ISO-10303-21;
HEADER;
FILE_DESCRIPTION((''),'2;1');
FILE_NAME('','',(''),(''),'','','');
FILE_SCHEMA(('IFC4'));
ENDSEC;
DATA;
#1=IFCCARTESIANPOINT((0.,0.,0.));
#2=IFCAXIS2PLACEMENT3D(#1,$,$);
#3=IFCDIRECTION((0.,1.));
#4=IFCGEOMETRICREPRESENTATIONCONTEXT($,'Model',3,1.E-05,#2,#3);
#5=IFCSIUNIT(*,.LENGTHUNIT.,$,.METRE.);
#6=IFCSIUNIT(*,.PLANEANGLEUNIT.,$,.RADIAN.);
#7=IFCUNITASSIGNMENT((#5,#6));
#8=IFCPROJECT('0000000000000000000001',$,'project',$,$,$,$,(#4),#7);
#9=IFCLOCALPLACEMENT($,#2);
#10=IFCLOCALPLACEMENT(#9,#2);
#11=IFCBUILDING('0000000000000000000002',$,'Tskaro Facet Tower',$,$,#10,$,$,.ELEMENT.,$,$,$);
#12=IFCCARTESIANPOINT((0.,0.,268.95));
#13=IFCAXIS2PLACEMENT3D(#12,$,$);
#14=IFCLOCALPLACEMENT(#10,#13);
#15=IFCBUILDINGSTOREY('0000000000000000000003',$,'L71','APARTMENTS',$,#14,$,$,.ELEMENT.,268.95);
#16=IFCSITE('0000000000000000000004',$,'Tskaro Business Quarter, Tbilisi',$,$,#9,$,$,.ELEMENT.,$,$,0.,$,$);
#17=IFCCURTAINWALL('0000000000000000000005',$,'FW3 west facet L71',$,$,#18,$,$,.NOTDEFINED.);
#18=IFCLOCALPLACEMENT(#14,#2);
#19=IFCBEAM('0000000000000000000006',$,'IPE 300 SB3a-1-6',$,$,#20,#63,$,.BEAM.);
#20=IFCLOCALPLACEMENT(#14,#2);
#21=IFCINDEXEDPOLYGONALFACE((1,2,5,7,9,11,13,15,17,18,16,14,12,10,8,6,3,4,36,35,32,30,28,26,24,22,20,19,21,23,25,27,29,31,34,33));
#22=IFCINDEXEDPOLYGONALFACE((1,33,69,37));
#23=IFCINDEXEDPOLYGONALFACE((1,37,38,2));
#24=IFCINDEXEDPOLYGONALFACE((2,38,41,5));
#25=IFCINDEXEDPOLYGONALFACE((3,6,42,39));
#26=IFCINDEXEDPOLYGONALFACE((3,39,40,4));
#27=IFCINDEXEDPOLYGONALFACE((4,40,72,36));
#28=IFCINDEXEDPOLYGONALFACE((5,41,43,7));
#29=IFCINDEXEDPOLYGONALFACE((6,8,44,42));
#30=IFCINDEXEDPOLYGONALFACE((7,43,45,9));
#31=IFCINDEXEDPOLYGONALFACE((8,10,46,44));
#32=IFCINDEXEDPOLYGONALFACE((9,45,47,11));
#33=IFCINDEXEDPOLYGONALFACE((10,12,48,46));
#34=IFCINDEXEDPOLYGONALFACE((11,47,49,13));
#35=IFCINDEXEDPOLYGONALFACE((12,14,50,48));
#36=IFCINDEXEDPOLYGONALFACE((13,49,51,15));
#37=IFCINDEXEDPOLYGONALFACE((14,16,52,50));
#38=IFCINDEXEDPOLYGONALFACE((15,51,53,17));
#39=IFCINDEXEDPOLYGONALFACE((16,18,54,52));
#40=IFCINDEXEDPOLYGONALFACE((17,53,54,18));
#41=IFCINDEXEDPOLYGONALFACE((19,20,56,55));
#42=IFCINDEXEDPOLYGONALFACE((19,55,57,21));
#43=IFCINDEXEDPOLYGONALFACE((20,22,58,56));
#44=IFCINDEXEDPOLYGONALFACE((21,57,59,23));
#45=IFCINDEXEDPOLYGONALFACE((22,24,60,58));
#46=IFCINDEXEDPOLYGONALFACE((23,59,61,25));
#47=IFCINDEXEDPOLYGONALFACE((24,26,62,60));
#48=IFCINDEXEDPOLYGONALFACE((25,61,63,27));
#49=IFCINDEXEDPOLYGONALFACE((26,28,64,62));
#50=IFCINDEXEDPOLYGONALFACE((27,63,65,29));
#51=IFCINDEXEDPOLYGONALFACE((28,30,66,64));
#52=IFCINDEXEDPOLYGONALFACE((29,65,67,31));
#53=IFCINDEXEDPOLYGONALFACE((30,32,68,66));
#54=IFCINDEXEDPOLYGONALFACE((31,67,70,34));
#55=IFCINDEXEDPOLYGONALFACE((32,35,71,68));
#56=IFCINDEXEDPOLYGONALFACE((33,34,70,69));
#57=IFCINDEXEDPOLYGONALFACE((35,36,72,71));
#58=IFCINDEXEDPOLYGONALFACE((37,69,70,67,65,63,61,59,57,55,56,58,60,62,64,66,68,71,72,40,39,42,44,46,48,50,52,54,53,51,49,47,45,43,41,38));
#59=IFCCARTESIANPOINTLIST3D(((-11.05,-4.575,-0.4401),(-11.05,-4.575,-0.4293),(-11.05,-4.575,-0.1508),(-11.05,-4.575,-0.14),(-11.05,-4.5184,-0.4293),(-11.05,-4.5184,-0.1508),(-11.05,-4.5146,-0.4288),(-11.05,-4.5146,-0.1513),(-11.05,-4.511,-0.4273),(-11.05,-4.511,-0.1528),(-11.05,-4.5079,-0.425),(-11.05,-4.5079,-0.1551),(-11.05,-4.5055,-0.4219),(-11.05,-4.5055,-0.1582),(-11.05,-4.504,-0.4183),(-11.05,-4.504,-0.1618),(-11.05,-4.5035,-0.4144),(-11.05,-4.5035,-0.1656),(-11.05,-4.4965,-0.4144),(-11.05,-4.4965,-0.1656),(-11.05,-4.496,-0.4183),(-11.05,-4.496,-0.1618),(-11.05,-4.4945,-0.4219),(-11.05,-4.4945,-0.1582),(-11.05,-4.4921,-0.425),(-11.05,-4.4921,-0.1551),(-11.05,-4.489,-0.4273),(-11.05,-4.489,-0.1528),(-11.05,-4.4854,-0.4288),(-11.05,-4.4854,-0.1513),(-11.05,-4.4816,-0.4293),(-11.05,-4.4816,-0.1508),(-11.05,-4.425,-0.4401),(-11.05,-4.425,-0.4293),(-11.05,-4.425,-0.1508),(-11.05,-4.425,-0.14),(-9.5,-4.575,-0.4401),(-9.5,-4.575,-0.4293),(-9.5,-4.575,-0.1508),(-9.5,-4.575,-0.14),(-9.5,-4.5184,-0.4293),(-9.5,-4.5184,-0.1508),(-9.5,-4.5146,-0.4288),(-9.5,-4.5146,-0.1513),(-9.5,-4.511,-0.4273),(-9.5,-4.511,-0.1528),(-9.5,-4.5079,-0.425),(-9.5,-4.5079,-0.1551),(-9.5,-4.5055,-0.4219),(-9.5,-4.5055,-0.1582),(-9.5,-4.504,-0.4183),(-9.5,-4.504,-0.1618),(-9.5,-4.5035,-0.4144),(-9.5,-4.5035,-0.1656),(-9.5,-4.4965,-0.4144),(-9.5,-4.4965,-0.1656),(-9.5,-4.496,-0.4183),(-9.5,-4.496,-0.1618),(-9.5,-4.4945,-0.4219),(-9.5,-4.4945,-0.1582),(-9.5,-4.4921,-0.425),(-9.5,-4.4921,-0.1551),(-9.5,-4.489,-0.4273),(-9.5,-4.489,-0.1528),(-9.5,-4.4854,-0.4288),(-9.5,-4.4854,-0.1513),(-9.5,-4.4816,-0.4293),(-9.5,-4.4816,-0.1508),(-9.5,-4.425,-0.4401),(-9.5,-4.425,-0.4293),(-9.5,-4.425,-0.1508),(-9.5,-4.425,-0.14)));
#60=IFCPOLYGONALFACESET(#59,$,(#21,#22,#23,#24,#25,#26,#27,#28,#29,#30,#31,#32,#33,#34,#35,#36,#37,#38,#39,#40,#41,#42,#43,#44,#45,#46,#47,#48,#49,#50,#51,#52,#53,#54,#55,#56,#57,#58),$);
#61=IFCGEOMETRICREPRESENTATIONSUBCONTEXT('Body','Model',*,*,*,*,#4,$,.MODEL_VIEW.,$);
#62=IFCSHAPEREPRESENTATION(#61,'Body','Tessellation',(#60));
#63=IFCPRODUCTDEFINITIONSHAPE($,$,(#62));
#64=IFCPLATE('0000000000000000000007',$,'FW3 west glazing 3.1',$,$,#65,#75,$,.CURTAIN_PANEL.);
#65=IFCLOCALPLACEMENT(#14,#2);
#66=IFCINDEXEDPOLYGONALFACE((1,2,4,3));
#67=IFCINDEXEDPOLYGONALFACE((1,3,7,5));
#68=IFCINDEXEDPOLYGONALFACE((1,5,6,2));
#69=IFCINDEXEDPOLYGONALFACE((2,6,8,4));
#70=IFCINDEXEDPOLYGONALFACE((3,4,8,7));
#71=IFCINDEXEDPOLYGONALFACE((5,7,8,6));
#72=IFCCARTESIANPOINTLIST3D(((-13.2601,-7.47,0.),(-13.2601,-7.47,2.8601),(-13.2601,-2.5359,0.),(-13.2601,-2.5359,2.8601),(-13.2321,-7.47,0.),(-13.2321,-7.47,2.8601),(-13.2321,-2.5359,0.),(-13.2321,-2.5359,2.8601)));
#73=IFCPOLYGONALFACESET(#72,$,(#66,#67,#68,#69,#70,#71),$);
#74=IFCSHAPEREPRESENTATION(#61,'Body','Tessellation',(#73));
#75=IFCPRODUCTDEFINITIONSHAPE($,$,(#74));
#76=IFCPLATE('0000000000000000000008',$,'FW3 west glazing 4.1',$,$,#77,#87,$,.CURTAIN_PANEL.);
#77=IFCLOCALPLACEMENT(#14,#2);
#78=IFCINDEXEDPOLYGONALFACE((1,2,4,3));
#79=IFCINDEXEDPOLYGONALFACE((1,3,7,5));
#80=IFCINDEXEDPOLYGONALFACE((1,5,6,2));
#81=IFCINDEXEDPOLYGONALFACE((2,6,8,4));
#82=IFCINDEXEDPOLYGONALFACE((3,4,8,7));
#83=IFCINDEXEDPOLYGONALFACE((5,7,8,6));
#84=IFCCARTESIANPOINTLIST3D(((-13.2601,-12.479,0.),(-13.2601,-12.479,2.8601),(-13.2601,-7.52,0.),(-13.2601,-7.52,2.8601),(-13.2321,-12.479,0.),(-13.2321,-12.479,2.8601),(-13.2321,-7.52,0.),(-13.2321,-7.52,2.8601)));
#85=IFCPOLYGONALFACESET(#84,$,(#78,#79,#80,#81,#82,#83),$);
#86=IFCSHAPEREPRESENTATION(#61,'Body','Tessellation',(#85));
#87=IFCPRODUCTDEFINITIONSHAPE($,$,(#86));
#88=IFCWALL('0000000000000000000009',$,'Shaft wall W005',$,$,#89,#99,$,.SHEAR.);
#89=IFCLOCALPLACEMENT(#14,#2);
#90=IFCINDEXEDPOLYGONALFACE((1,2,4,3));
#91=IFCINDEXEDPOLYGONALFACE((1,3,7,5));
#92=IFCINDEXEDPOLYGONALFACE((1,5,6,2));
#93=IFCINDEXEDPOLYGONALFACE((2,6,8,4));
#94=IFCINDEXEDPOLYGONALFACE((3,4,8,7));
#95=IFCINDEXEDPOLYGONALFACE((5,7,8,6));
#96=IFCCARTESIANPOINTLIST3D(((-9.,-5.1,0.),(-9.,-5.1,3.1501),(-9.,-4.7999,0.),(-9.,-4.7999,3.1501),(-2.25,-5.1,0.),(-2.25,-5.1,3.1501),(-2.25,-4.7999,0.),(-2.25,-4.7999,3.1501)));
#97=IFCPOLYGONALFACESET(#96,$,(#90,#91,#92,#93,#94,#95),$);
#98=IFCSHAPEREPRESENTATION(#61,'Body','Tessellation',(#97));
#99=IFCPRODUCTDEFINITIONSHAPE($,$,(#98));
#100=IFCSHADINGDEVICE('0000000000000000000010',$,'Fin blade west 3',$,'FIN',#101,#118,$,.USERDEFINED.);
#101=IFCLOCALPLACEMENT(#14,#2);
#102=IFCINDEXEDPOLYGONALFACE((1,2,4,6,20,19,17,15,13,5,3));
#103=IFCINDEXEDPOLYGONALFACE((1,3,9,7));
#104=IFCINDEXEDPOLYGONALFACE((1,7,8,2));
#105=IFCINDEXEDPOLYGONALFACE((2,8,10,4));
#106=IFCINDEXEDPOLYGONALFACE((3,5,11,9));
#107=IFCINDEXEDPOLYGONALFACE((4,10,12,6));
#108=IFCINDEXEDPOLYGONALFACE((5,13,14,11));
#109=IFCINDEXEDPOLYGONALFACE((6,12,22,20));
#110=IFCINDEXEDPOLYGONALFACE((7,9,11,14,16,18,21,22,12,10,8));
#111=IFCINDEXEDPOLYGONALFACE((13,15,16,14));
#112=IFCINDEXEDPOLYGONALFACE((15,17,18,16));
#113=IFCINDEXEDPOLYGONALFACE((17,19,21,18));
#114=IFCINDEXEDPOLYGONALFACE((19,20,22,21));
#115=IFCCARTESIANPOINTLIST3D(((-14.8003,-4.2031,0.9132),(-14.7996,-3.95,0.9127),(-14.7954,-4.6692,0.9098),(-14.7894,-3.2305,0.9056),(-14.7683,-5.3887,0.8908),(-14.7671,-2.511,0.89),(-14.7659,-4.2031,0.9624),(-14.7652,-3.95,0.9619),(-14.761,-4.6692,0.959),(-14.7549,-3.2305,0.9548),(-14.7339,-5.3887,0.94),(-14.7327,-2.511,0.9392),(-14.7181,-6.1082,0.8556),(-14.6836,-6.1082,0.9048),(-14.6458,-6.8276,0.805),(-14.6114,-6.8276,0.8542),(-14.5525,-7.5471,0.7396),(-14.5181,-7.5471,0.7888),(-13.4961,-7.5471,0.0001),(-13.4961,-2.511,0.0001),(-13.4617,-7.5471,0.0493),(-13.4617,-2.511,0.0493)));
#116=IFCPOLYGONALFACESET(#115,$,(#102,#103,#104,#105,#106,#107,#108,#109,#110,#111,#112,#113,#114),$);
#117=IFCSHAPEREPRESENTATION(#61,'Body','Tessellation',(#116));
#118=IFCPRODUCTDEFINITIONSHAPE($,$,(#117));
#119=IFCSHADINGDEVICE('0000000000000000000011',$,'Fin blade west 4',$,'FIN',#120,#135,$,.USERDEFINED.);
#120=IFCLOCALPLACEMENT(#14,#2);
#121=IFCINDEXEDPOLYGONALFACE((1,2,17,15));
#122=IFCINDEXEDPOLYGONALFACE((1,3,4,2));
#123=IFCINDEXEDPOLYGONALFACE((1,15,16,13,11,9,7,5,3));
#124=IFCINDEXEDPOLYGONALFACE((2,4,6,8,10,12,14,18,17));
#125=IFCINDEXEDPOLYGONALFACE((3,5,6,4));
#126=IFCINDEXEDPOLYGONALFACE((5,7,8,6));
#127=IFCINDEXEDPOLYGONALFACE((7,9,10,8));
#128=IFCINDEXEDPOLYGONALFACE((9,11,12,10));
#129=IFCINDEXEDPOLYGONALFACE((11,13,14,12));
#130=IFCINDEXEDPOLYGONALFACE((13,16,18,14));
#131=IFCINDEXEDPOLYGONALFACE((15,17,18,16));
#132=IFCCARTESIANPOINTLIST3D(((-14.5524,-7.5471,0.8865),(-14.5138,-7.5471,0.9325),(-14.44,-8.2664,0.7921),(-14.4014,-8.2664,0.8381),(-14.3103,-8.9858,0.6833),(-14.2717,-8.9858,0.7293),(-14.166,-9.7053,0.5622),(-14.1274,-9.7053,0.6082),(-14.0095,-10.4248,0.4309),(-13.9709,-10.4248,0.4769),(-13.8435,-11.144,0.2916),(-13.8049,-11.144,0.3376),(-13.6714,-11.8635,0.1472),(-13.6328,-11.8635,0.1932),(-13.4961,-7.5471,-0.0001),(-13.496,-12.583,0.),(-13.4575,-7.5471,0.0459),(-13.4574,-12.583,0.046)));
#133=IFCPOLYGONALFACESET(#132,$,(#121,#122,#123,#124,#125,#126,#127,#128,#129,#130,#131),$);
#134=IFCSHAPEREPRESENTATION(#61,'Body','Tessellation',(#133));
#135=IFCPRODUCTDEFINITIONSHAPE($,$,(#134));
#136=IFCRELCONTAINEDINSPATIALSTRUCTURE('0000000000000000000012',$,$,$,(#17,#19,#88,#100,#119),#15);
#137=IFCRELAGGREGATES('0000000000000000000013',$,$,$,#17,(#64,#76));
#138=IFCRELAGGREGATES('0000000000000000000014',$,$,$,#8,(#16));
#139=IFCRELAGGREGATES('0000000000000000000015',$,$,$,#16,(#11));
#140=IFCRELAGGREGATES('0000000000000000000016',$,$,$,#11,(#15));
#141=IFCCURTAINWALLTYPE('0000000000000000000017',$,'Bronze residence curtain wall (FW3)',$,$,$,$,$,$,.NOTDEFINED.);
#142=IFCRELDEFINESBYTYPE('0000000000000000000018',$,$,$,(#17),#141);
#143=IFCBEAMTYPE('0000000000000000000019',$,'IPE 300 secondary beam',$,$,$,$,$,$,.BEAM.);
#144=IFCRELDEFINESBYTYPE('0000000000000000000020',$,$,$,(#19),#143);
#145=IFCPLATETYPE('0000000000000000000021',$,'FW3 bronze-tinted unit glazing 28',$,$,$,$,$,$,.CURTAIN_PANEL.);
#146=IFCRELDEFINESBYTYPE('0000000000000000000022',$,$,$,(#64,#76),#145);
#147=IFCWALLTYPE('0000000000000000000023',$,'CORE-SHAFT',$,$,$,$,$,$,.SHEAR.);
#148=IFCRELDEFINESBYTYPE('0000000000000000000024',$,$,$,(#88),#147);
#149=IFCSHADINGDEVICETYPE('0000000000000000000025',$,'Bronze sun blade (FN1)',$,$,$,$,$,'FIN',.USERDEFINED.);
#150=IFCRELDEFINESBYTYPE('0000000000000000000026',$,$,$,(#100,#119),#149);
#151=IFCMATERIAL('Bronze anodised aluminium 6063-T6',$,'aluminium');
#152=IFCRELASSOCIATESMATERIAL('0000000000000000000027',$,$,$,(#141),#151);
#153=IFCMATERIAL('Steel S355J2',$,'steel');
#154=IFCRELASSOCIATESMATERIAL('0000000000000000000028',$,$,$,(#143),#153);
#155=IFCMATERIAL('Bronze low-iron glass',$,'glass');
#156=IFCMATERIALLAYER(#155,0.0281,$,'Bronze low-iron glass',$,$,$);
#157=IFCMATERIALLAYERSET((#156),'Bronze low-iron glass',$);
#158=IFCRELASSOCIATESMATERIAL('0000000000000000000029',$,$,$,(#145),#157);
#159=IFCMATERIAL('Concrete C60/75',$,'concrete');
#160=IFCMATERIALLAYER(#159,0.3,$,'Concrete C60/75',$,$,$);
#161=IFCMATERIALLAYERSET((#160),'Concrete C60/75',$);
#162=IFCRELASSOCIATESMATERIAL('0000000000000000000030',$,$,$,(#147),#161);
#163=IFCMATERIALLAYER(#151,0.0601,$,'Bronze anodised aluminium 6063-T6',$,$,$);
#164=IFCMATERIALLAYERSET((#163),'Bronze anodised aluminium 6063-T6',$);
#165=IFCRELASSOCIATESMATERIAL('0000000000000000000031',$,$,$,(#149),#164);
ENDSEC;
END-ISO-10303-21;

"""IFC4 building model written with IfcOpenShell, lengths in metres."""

from ifc_helpers import new_model, si_unit, direction, frame, frame_2d, origin, origin_2d, place, context, subcontext, project, spatial, polyline, rectangle, i_section, outline, extrude, material, layer, layer_set, material_profile, profile_set, type_object, element, aggregate, save


model = new_model("IFC4")

# Units and contexts
model_context = context("Model", 3, precision=1e-05, world=origin(), true_north=direction((0.0, 1.0)))
body_context = subcontext(model_context, "Body", "Model", "MODEL_VIEW")
ifc_project = project(units=[si_unit("LENGTHUNIT", "METRE"), si_unit("PLANEANGLEUNIT", "RADIAN")], contexts=[model_context])

# Site, building, storey
site_placement = place(None, origin())
site = spatial("IfcSite", under=ifc_project, at=site_placement, Name="Tskaro Business Quarter, Tbilisi", CompositionType="ELEMENT", RefElevation=0.0)
building_placement = place(site_placement, origin())
building = spatial("IfcBuilding", under=site, at=building_placement, Name="Tskaro Facet Tower", CompositionType="ELEMENT")
storey_placement = place(building_placement, frame((0.0, 0.0, 268.95)))
storey = spatial("IfcBuildingStorey", under=building, at=storey_placement, Name="L71", Description="APARTMENTS", CompositionType="ELEMENT", Elevation=268.95)

# Curtain wall
ifc_material_1 = material(Name="Bronze anodised aluminium 6063-T6", Category="aluminium")
curtain_wall_type = type_object("IfcCurtainWallType", Name="Bronze residence curtain wall (FW3)", PredefinedType="NOTDEFINED", material=ifc_material_1)
curtain_wall_placement = place(storey_placement, origin())
curtain_wall = element("IfcCurtainWall", 1, at=curtain_wall_placement, inside=storey, type_object=curtain_wall_type, Name="FW3 west facet L71", PredefinedType="NOTDEFINED")

# Beam
ifc_material_2 = material(Name="Steel S355J2", Category="steel")
ifc_material_profile_1 = material_profile(ifc_material_2, i_section(OverallWidth=0.1499, OverallDepth=0.3, WebThickness=0.0071, FlangeThickness=0.0107, FilletRadius=0.0149, at=origin_2d()), Name="IPE 300")
ifc_profile_set_1 = profile_set([ifc_material_profile_1], Name="Steel S355J2")
beam_type_1 = type_object("IfcBeamType", Name="IPE 300 secondary beam", PredefinedType="BEAM", material=ifc_profile_set_1)
beam_1_placement = place(storey_placement, frame((-11.05, -4.5, -0.29), z_axis=(1.0, 0.0, 0.0), x_axis=(0.0, 1.0, 0.0)))
element("IfcBeam", 2, at=beam_1_placement, inside=storey, type_object=beam_type_1, Name="IPE 300 SB3a-1-6", PredefinedType="BEAM", context=body_context, shape_type="SweptSolid", body=[
    extrude(i_section(OverallWidth=0.1499, OverallDepth=0.3, WebThickness=0.0071, FlangeThickness=0.0107, FilletRadius=0.0149, at=origin_2d()), origin(), (0.0, 0.0, 1.0), 1.55),
])

# Plates
ifc_material_3 = material(Name="Bronze low-iron glass", Category="glass")
ifc_layer_1 = layer(ifc_material_3, 0.0281, Name="Bronze low-iron glass")
ifc_layer_set_1 = layer_set([ifc_layer_1], Name="Bronze low-iron glass")
plate_type = type_object("IfcPlateType", Name="FW3 bronze-tinted unit glazing 28", PredefinedType="CURTAIN_PANEL", material=ifc_layer_set_1)
plate_1_placement = place(storey_placement, frame((-13.2461, -5.0029, 0.0), z_axis=(0.0, 0.0, 1.0), x_axis=(0.0, -1.0, 0.0)))
plate_1 = element("IfcPlate", 3, at=plate_1_placement, type_object=plate_type, Name="FW3 west glazing 3.1", PredefinedType="CURTAIN_PANEL", context=body_context, shape_type="SweptSolid", body=[
    extrude(rectangle(XDim=4.9341, YDim=0.0281, at=origin_2d()), origin(), (0.0, 0.0, 1.0), 2.8601),
])
plate_2_placement = place(storey_placement, frame((-13.2461, -9.9995, 0.0), z_axis=(0.0, 0.0, 1.0), x_axis=(0.0, -1.0, 0.0)))
plate_2 = element("IfcPlate", 4, at=plate_2_placement, type_object=plate_type, Name="FW3 west glazing 4.1", PredefinedType="CURTAIN_PANEL", context=body_context, shape_type="SweptSolid", body=[
    extrude(rectangle(XDim=4.959, YDim=0.0281, at=origin_2d()), origin(), (0.0, 0.0, 1.0), 2.8601),
])
aggregate(curtain_wall, [plate_1, plate_2])

# Wall
ifc_material_4 = material(Name="Concrete C60/75", Category="concrete")
ifc_layer_2 = layer(ifc_material_4, 0.3, Name="Concrete C60/75")
ifc_layer_set_2 = layer_set([ifc_layer_2], Name="Concrete C60/75")
wall_type = type_object("IfcWallType", Name="CORE-SHAFT", PredefinedType="SHEAR", material=ifc_layer_set_2)
wall_placement = place(storey_placement, frame((-9.0, -4.95, 0.0), z_axis=(0.0, 0.0, 1.0), x_axis=(1.0, 0.0, 0.0)))
element("IfcWall", 5, at=wall_placement, inside=storey, type_object=wall_type, Name="Shaft wall W005", PredefinedType="SHEAR", context=body_context, shape_type="SweptSolid", body=[
    extrude(rectangle(XDim=6.75, YDim=0.3, at=frame_2d((3.375, 0.0))), origin(), (0.0, 0.0, 1.0), 3.1501),
])

# Shading devices
ifc_layer_3 = layer(ifc_material_1, 0.0601, Name="Bronze anodised aluminium 6063-T6")
ifc_layer_set_3 = layer_set([ifc_layer_3], Name="Bronze anodised aluminium 6063-T6")
shading_device_type = type_object("IfcShadingDeviceType", Name="Bronze sun blade (FN1)", ElementType="FIN", PredefinedType="USERDEFINED", material=ifc_layer_set_3)
shading_device_1_placement = place(storey_placement, frame((-13.4617, -2.511, 0.0493), z_axis=(0.573529, -0.000012, 0.819185), x_axis=(-0.000007, -1.0, -0.00001)))
element("IfcShadingDevice", 6, at=shading_device_1_placement, inside=storey, type_object=shading_device_type, Name="Fin blade west 3", ObjectType="FIN", PredefinedType="USERDEFINED", context=body_context, shape_type="SweptSolid", body=[
    extrude(outline(polyline([(0.0, 0.0), (5.0361, 0.0), (5.0361, -1.2895), (4.3167, -1.4034), (3.5972, -1.4916), (2.8777, -1.553), (2.1582, -1.5861), (1.6921, -1.5921), (1.439, -1.5912), (0.7195, -1.5787), (0.0, -1.5516), (0.0, 0.0)])), origin(), (0.0, 0.0, -1.0), 0.0601),
])
shading_device_2_placement = place(storey_placement, frame((-13.4575, -7.5471, 0.0459), z_axis=(0.642901, 0.000032, 0.765949), x_axis=(0.000021, -1.0, 0.000025)))
element("IfcShadingDevice", 7, at=shading_device_2_placement, inside=storey, type_object=shading_device_type, Name="Fin blade west 4", ObjectType="FIN", PredefinedType="USERDEFINED", context=body_context, shape_type="SweptSolid", body=[
    extrude(outline(polyline([(0.0, 0.0), (5.0359, 0.0), (4.3164, -0.2289), (3.5969, -0.4537), (2.8777, -0.6703), (2.1582, -0.8746), (1.4387, -1.063), (0.7192, -1.2323), (0.0, -1.3791), (0.0, 0.0)])), origin(), (0.0, 0.0, -1.0), 0.0601),
])

save(model, "model.ifc")
